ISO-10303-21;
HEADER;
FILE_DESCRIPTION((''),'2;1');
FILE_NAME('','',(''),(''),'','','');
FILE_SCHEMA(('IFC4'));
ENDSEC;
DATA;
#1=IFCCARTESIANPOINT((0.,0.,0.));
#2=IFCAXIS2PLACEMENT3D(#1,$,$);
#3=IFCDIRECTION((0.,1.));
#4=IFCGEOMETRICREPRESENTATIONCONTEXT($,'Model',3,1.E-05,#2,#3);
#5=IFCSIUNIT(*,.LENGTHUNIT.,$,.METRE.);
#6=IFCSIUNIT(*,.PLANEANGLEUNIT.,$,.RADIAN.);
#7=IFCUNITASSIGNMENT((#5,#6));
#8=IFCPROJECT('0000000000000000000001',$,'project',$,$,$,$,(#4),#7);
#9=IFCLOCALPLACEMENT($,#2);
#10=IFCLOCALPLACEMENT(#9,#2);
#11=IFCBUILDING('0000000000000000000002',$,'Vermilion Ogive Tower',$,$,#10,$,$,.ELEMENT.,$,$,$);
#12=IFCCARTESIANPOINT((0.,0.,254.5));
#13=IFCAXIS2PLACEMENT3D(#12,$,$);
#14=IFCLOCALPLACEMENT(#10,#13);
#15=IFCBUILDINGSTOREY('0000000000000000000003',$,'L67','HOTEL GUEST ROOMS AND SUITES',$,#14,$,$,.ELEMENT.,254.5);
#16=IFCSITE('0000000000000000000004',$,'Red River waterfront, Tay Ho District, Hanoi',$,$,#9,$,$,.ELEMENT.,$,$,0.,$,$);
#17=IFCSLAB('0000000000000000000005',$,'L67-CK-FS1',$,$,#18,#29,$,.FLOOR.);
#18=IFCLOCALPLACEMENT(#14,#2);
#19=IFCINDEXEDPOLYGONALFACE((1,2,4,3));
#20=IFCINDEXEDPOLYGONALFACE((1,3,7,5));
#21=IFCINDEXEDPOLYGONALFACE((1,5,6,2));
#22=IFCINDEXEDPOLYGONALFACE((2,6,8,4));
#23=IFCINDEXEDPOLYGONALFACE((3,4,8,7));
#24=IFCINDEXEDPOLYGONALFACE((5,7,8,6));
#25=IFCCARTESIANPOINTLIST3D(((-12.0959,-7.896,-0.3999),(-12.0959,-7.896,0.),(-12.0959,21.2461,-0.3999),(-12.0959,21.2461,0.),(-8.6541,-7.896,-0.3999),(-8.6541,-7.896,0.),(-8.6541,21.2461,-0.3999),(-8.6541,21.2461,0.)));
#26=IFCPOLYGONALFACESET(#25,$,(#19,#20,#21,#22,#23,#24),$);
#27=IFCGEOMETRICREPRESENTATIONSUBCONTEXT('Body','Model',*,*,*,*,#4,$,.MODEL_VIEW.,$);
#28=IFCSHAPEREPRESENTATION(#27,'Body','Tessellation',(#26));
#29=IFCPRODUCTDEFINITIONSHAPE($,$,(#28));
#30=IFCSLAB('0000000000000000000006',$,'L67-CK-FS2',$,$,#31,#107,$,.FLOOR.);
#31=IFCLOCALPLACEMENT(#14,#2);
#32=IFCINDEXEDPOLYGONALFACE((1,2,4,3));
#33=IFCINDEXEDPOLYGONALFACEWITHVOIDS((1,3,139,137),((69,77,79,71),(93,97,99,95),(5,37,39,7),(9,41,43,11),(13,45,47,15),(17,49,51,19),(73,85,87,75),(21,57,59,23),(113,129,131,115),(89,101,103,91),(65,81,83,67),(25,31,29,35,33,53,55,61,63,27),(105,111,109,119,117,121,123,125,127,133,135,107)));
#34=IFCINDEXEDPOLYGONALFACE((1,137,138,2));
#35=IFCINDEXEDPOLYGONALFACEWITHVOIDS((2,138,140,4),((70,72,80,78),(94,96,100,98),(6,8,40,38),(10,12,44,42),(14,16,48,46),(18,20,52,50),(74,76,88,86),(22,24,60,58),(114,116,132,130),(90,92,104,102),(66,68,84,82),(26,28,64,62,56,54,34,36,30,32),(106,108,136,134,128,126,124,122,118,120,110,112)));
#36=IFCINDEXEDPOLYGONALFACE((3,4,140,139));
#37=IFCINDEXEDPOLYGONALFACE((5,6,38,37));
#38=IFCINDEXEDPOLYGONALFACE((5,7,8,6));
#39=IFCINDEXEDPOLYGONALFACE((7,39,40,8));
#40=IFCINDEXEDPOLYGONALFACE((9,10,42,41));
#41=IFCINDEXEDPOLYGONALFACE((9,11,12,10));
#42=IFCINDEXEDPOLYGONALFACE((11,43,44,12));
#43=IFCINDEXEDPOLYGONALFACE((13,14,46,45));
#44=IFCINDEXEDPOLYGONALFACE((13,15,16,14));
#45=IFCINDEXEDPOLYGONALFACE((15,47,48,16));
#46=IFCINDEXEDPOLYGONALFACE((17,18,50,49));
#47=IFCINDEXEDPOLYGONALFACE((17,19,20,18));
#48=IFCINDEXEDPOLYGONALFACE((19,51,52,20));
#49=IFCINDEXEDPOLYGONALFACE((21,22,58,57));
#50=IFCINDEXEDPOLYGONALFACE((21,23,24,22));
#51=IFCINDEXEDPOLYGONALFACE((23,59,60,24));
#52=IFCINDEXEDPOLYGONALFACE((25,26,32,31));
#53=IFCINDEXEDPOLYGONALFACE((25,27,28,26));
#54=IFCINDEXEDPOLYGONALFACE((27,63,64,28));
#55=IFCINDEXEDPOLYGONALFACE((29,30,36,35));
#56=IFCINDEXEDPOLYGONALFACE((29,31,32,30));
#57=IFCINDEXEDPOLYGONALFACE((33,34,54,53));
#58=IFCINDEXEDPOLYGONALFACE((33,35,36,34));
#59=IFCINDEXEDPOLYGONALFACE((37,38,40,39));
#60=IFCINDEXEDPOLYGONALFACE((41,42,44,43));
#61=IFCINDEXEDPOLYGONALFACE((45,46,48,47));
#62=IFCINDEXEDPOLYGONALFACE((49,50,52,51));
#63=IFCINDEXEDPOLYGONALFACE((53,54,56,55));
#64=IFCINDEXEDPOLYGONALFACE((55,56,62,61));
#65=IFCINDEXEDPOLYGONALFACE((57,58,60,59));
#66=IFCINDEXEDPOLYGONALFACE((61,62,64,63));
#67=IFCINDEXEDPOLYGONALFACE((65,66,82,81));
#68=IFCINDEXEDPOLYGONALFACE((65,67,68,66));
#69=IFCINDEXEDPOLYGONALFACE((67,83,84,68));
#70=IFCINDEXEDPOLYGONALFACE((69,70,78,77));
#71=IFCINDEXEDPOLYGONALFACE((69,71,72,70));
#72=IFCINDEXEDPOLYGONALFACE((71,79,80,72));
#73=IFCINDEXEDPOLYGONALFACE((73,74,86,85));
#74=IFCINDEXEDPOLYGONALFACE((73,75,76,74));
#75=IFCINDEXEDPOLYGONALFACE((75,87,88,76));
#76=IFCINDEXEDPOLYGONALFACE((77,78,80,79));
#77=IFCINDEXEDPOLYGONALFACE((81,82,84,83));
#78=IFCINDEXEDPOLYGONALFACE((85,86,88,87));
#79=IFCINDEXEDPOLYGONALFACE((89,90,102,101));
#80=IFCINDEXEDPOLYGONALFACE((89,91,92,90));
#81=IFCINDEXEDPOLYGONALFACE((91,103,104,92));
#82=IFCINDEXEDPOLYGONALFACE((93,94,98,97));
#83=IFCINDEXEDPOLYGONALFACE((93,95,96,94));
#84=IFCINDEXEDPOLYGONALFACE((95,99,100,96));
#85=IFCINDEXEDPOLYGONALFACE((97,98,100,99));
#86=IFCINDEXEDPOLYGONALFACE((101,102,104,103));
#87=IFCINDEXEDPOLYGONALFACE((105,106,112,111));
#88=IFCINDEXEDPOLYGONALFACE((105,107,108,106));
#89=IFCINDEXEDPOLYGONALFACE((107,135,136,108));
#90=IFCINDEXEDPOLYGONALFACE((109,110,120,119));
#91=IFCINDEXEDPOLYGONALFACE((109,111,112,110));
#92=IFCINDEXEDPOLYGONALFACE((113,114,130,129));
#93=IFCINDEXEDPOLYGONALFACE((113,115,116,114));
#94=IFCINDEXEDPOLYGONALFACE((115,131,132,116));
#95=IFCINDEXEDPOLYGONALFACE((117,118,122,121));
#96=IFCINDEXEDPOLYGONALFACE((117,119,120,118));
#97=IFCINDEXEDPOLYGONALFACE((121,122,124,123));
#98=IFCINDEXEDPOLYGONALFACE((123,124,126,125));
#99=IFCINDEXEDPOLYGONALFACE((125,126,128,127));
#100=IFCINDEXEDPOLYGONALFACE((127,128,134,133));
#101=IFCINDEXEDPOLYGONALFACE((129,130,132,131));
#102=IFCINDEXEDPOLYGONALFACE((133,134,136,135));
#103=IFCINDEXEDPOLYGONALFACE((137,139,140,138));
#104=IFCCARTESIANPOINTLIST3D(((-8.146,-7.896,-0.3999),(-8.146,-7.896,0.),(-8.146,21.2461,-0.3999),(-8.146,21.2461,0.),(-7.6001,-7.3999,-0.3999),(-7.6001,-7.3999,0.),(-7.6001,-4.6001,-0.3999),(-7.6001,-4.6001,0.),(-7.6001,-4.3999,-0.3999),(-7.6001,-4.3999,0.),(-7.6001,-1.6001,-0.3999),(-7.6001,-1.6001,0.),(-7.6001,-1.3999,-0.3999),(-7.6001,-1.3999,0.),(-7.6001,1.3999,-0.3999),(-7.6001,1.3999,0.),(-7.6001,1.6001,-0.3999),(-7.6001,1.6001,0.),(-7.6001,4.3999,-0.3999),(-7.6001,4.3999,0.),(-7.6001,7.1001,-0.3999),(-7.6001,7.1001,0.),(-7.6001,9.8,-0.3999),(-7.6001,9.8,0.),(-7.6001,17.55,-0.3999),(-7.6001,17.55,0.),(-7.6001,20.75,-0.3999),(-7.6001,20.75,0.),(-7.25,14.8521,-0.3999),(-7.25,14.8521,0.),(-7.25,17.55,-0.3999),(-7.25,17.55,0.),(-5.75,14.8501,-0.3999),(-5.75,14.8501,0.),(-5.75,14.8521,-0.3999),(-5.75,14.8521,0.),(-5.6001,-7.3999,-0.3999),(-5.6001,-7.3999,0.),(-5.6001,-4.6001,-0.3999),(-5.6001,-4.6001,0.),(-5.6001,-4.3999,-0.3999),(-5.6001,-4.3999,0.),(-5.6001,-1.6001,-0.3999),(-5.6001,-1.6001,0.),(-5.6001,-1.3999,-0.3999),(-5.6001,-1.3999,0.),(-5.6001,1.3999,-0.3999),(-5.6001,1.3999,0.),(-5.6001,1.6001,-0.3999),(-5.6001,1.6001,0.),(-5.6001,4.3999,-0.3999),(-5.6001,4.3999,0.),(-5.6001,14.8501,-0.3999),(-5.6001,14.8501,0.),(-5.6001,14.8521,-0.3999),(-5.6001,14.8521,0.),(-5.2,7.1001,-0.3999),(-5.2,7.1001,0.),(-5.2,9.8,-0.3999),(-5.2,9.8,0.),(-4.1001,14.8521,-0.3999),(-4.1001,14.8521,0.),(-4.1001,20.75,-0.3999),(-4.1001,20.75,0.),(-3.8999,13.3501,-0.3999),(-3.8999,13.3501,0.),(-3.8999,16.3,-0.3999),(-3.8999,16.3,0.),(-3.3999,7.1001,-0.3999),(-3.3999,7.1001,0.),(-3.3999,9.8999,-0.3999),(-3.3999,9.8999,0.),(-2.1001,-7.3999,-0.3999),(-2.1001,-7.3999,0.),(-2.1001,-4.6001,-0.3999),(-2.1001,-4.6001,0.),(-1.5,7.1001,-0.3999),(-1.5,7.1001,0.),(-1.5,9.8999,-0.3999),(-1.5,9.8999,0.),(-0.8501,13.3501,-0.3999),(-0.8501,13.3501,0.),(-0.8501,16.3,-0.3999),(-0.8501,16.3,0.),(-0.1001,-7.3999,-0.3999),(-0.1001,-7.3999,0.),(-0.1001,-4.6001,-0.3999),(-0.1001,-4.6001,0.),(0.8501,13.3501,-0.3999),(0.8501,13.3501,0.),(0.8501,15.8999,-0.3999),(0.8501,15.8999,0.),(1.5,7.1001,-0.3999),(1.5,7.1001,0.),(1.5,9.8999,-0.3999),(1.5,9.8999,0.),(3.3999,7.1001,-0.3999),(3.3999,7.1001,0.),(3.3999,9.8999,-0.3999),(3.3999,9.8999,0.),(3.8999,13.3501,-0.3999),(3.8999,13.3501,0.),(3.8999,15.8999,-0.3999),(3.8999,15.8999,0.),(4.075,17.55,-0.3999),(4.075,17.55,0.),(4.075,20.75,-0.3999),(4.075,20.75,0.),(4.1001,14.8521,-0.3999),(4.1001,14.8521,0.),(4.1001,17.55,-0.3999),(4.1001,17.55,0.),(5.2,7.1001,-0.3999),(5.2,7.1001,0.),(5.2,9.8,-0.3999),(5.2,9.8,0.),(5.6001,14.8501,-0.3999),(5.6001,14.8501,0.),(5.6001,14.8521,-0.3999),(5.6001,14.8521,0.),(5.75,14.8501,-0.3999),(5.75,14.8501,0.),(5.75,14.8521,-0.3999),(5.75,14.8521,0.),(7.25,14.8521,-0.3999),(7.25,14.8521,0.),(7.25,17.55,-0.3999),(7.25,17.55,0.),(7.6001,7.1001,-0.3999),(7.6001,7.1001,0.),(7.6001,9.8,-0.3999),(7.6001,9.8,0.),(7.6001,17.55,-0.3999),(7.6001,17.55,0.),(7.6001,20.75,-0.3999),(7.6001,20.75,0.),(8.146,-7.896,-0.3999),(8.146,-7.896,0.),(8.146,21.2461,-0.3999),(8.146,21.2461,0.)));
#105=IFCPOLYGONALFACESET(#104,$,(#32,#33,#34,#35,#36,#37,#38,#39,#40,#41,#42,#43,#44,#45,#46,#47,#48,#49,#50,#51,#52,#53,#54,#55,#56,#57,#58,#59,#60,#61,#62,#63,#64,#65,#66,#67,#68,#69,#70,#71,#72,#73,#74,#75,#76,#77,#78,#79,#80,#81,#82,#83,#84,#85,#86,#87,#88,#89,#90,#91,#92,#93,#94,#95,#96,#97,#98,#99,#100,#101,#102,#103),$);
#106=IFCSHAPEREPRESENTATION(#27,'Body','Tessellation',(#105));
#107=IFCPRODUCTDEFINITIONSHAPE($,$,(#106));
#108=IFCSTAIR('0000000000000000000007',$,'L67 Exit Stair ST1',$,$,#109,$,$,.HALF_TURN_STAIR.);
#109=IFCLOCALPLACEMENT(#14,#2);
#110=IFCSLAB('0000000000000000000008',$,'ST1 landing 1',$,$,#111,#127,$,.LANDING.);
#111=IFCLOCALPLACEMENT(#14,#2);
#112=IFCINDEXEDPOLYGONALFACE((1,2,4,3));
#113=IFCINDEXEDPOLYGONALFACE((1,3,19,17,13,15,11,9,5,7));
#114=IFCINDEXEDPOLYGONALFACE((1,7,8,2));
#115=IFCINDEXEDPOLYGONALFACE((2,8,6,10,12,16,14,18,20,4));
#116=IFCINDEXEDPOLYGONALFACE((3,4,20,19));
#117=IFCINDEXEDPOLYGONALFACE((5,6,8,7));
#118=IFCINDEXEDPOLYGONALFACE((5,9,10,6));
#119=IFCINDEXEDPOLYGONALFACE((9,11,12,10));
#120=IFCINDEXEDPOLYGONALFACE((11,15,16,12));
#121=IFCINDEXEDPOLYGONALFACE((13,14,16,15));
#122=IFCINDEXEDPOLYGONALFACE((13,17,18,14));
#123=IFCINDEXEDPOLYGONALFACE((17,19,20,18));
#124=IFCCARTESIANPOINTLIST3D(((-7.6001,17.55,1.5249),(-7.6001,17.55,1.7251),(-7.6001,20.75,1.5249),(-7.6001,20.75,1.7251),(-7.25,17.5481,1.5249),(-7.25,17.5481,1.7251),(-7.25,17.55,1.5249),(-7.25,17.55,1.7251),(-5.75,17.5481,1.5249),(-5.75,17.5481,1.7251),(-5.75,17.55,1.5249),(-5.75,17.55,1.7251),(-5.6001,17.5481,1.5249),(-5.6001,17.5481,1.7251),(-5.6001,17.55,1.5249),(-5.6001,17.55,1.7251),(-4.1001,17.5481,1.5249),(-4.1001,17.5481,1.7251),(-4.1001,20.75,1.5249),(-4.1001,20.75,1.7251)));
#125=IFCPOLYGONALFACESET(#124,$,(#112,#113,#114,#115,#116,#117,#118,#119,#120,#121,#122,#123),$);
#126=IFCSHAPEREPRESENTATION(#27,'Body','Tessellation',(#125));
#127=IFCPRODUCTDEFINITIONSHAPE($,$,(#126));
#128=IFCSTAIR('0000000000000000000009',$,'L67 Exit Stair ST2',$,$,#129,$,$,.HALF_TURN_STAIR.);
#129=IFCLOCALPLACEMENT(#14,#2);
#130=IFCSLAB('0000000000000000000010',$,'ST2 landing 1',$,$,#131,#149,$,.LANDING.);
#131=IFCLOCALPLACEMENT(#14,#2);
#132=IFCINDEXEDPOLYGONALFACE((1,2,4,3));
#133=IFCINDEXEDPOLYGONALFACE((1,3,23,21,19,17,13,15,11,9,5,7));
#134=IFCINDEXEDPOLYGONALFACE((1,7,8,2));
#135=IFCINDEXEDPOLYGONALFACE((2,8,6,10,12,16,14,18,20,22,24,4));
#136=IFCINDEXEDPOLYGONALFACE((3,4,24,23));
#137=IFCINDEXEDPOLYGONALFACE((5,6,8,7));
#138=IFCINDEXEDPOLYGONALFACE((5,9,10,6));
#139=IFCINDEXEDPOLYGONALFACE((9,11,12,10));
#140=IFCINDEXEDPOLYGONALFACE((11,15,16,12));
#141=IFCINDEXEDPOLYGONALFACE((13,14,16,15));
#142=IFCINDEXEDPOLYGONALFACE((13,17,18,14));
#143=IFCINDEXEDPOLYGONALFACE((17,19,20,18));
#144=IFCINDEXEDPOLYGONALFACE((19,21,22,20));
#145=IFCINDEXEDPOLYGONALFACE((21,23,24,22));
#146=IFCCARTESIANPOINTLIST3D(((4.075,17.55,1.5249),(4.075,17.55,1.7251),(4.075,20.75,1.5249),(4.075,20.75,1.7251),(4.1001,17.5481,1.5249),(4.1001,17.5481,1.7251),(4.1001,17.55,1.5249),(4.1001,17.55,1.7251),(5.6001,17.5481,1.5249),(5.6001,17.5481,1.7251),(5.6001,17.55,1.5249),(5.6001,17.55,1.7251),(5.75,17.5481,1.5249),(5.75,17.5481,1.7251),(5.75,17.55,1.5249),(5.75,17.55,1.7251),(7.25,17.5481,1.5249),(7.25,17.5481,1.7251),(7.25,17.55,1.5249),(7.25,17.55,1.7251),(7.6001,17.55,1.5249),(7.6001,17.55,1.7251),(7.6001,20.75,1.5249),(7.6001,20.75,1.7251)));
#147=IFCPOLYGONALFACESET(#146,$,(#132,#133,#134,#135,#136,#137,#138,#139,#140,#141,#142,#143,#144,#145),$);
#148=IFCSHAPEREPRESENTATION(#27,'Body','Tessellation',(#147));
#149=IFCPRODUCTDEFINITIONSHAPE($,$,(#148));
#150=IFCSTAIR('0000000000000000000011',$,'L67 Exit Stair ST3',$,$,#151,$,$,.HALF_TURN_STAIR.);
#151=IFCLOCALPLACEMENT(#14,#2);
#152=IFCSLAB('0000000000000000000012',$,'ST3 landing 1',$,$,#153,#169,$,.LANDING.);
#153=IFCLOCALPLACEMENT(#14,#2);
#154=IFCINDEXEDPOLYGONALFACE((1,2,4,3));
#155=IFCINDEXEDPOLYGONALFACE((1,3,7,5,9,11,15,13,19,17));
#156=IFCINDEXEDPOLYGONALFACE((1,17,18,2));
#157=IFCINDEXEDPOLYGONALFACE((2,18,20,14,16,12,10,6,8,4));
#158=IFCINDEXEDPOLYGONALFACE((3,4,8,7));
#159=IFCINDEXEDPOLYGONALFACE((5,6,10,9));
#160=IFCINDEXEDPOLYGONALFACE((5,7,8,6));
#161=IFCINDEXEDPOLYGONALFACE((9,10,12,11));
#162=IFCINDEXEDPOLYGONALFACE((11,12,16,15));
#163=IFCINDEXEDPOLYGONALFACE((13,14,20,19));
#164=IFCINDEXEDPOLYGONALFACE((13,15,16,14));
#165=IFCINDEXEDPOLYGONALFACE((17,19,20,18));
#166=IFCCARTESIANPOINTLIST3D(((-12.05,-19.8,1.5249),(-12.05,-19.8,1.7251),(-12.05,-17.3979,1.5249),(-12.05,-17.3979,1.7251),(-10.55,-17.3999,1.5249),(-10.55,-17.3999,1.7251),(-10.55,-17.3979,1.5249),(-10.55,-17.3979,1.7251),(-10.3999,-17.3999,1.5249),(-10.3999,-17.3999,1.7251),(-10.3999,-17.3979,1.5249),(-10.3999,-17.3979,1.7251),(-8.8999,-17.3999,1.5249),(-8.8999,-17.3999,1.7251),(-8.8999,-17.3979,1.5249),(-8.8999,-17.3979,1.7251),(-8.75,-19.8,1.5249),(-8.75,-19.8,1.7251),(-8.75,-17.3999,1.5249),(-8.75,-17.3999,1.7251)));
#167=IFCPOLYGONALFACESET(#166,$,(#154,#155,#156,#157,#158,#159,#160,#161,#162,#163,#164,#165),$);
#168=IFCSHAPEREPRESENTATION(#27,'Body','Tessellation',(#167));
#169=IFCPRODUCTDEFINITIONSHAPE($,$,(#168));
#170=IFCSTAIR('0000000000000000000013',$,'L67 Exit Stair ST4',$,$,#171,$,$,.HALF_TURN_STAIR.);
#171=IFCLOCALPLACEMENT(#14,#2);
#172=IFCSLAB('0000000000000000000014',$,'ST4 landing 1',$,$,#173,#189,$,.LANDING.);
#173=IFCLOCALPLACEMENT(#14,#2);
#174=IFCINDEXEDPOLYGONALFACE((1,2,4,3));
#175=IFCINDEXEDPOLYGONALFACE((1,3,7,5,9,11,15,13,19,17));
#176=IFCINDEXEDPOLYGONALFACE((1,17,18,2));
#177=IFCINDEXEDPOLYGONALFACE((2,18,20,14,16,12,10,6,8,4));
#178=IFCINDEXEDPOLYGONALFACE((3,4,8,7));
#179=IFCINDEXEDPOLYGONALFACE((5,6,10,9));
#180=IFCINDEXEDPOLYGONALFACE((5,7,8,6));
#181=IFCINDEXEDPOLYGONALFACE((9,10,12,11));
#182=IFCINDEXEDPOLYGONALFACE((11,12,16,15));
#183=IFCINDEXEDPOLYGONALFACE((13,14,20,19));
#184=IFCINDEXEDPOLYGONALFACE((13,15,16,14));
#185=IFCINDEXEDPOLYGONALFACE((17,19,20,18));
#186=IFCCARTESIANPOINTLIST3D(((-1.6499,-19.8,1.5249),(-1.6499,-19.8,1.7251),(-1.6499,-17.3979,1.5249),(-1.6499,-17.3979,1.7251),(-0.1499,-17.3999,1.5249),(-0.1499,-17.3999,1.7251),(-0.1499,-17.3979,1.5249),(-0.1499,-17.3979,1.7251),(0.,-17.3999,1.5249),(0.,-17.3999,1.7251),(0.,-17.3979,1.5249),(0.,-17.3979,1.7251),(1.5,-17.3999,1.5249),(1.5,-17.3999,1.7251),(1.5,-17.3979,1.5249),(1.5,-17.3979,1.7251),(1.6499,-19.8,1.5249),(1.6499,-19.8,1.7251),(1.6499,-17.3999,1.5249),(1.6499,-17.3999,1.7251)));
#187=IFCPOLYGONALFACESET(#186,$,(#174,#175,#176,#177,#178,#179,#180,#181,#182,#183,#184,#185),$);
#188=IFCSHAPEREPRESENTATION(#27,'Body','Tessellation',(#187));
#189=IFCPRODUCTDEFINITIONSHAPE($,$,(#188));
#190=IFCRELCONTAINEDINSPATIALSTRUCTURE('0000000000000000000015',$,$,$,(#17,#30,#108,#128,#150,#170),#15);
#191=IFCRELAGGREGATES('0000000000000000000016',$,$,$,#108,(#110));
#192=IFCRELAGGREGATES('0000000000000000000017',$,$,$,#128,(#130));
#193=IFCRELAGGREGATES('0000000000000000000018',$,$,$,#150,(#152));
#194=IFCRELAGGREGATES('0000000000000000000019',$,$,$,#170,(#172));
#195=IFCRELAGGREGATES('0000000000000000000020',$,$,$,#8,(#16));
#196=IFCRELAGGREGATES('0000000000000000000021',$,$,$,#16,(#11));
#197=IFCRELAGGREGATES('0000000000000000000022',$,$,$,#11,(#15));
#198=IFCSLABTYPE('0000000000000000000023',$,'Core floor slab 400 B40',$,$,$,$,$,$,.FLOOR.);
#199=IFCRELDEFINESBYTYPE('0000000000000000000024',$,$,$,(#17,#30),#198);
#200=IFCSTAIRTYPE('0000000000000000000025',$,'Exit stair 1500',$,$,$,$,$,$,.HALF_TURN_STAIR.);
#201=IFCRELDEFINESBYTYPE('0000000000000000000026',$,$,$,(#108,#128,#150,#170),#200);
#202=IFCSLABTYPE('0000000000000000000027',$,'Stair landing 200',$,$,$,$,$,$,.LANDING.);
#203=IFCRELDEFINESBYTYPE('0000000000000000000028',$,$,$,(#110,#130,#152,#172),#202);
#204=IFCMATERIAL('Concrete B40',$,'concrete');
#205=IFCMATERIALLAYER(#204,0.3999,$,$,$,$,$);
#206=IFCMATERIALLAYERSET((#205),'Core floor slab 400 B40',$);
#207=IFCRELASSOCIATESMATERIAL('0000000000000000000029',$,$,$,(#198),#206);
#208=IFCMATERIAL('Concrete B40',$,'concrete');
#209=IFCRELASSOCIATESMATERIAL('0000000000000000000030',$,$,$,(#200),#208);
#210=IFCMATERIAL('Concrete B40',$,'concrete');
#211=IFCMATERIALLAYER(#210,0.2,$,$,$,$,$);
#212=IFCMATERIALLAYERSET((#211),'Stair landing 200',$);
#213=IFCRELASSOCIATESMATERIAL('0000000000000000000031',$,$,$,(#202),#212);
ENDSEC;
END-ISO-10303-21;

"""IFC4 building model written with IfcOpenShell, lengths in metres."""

from ifc_helpers import new_model, si_unit, direction, frame, origin, place, context, subcontext, project, spatial, polyline, outline, extrude, material, layer, layer_set, type_object, element, aggregate, save


model = new_model("IFC4")

# Units and contexts
model_context = context("Model", 3, precision=1e-05, world=origin(), true_north=direction((0.0, 1.0)))
body_context = subcontext(model_context, "Body", "Model", "MODEL_VIEW")
ifc_project = project(units=[si_unit("LENGTHUNIT", "METRE"), si_unit("PLANEANGLEUNIT", "RADIAN")], contexts=[model_context])

# Site, building, storey
site_placement = place(None, origin())
site = spatial("IfcSite", under=ifc_project, at=site_placement, Name="Red River waterfront, Tay Ho District, Hanoi", CompositionType="ELEMENT", RefElevation=0.0)
building_placement = place(site_placement, origin())
building = spatial("IfcBuilding", under=site, at=building_placement, Name="Vermilion Ogive Tower", CompositionType="ELEMENT")
storey_placement = place(building_placement, frame((0.0, 0.0, 254.5)))
storey = spatial("IfcBuildingStorey", under=building, at=storey_placement, Name="L67", Description="HOTEL GUEST ROOMS AND SUITES", CompositionType="ELEMENT", Elevation=254.5)

# Slabs
ifc_material_1 = material(Name="Concrete B40", Category="concrete")
ifc_layer_1 = layer(ifc_material_1, 0.3999)
ifc_layer_set_1 = layer_set([ifc_layer_1], Name="Core floor slab 400 B40")
slab_type_1 = type_object("IfcSlabType", Name="Core floor slab 400 B40", PredefinedType="FLOOR", material=ifc_layer_set_1)
slab_1_placement = place(storey_placement, frame((0.0, 0.0, -0.3999)))
element("IfcSlab", 1, at=slab_1_placement, inside=storey, type_object=slab_type_1, Name="L67-CK-FS1", PredefinedType="FLOOR", context=body_context, shape_type="SweptSolid", body=[
    extrude(outline(polyline([(-8.6541, 21.2461), (-8.6541, -7.896), (-12.0959, -7.896), (-12.0959, 21.2461), (-8.6541, 21.2461)])), origin(), (0.0, 0.0, 1.0), 0.3999),
])
slab_2_placement = place(storey_placement, frame((0.0, 0.0, -0.3999)))
element("IfcSlab", 2, at=slab_2_placement, inside=storey, type_object=slab_type_1, Name="L67-CK-FS2", PredefinedType="FLOOR", context=body_context, shape_type="SweptSolid", body=[
    extrude(outline(polyline([(-8.146, -7.896), (8.146, -7.896), (8.146, 21.2461), (-8.146, 21.2461), (-8.146, -7.896)]), holes=[polyline([(-7.6001, -7.3999), (-7.6001, -4.6001), (-5.6001, -4.6001), (-5.6001, -7.3999), (-7.6001, -7.3999)]), polyline([(-7.6001, -4.3999), (-7.6001, -1.6001), (-5.6001, -1.6001), (-5.6001, -4.3999), (-7.6001, -4.3999)]), polyline([(-7.6001, -1.3999), (-7.6001, 1.3999), (-5.6001, 1.3999), (-5.6001, -1.3999), (-7.6001, -1.3999)]), polyline([(-7.6001, 1.6001), (-7.6001, 4.3999), (-5.6001, 4.3999), (-5.6001, 1.6001), (-7.6001, 1.6001)]), polyline([(-7.6001, 7.1001), (-7.6001, 9.8), (-5.2, 9.8), (-5.2, 7.1001), (-7.6001, 7.1001)]), polyline([(-3.3999, 9.8999), (-1.5, 9.8999), (-1.5, 7.1001), (-3.3999, 7.1001), (-3.3999, 9.8999)]), polyline([(-7.6001, 17.55), (-7.6001, 20.75), (-4.1001, 20.75), (-4.1001, 14.8521), (-5.6001, 14.8521), (-5.6001, 14.8501), (-5.75, 14.8501), (-5.75, 14.8521), (-7.25, 14.8521), (-7.25, 17.55), (-7.6001, 17.55)]), polyline([(-2.1001, -7.3999), (-2.1001, -4.6001), (-0.1001, -4.6001), (-0.1001, -7.3999), (-2.1001, -7.3999)]), polyline([(5.2, 7.1001), (5.2, 9.8), (7.6001, 9.8), (7.6001, 7.1001), (5.2, 7.1001)]), polyline([(1.5, 7.1001), (1.5, 9.8999), (3.3999, 9.8999), (3.3999, 7.1001), (1.5, 7.1001)]), polyline([(0.8501, 13.3501), (0.8501, 15.8999), (3.8999, 15.8999), (3.8999, 13.3501), (0.8501, 13.3501)]), polyline([(-3.8999, 16.3), (-0.8501, 16.3), (-0.8501, 13.3501), (-3.8999, 13.3501), (-3.8999, 16.3)]), polyline([(5.75, 14.8501), (5.6001, 14.8501), (5.6001, 14.8521), (4.1001, 14.8521), (4.1001, 17.55), (4.075, 17.55), (4.075, 20.75), (7.6001, 20.75), (7.6001, 17.55), (7.25, 17.55), (7.25, 14.8521), (5.75, 14.8521), (5.75, 14.8501)])]), origin(), (0.0, 0.0, 1.0), 0.3999),
])

# Stairs, slabs
ifc_material_2 = material(Name="Concrete B40", Category="concrete")
stair_type = type_object("IfcStairType", Name="Exit stair 1500", PredefinedType="HALF_TURN_STAIR", material=ifc_material_2)
stair_1_placement = place(storey_placement, origin())
stair_1 = element("IfcStair", 3, at=stair_1_placement, inside=storey, type_object=stair_type, Name="L67 Exit Stair ST1", PredefinedType="HALF_TURN_STAIR")
ifc_material_3 = material(Name="Concrete B40", Category="concrete")
ifc_layer_2 = layer(ifc_material_3, 0.2)
ifc_layer_set_2 = layer_set([ifc_layer_2], Name="Stair landing 200")
slab_type_2 = type_object("IfcSlabType", Name="Stair landing 200", PredefinedType="LANDING", material=ifc_layer_set_2)
slab_3_placement = place(storey_placement, frame((0.0, 0.0, 1.5249)))
slab_3 = element("IfcSlab", 4, at=slab_3_placement, type_object=slab_type_2, Name="ST1 landing 1", PredefinedType="LANDING", context=body_context, shape_type="SweptSolid", body=[
    extrude(outline(polyline([(-7.6001, 17.55), (-7.25, 17.55), (-7.25, 17.5481), (-5.75, 17.5481), (-5.75, 17.55), (-5.6001, 17.55), (-5.6001, 17.5481), (-4.1001, 17.5481), (-4.1001, 20.75), (-7.6001, 20.75), (-7.6001, 17.55)])), origin(), (0.0, 0.0, 1.0), 0.2002),
])
aggregate(stair_1, [slab_3])
stair_2_placement = place(storey_placement, origin())
stair_2 = element("IfcStair", 5, at=stair_2_placement, inside=storey, type_object=stair_type, Name="L67 Exit Stair ST2", PredefinedType="HALF_TURN_STAIR")
slab_4_placement = place(storey_placement, frame((0.0, 0.0, 1.5249)))
slab_4 = element("IfcSlab", 6, at=slab_4_placement, type_object=slab_type_2, Name="ST2 landing 1", PredefinedType="LANDING", context=body_context, shape_type="SweptSolid", body=[
    extrude(outline(polyline([(5.6001, 17.55), (5.75, 17.55), (5.75, 17.5481), (7.25, 17.5481), (7.25, 17.55), (7.6001, 17.55), (7.6001, 20.75), (4.075, 20.75), (4.075, 17.55), (4.1001, 17.55), (4.1001, 17.5481), (5.6001, 17.5481), (5.6001, 17.55)])), origin(), (0.0, 0.0, 1.0), 0.2002),
])
aggregate(stair_2, [slab_4])
stair_3_placement = place(storey_placement, origin())
stair_3 = element("IfcStair", 7, at=stair_3_placement, inside=storey, type_object=stair_type, Name="L67 Exit Stair ST3", PredefinedType="HALF_TURN_STAIR")
slab_5_placement = place(storey_placement, frame((0.0, 0.0, 1.5249)))
slab_5 = element("IfcSlab", 8, at=slab_5_placement, type_object=slab_type_2, Name="ST3 landing 1", PredefinedType="LANDING", context=body_context, shape_type="SweptSolid", body=[
    extrude(outline(polyline([(-8.75, -17.3999), (-8.8999, -17.3999), (-8.8999, -17.3979), (-10.3999, -17.3979), (-10.3999, -17.3999), (-10.55, -17.3999), (-10.55, -17.3979), (-12.05, -17.3979), (-12.05, -19.8), (-8.75, -19.8), (-8.75, -17.3999)])), origin(), (0.0, 0.0, 1.0), 0.2002),
])
aggregate(stair_3, [slab_5])
stair_4_placement = place(storey_placement, origin())
stair_4 = element("IfcStair", 9, at=stair_4_placement, inside=storey, type_object=stair_type, Name="L67 Exit Stair ST4", PredefinedType="HALF_TURN_STAIR")
slab_6_placement = place(storey_placement, frame((0.0, 0.0, 1.5249)))
slab_6 = element("IfcSlab", 10, at=slab_6_placement, type_object=slab_type_2, Name="ST4 landing 1", PredefinedType="LANDING", context=body_context, shape_type="SweptSolid", body=[
    extrude(outline(polyline([(1.6499, -17.3999), (1.5, -17.3999), (1.5, -17.3979), (0.0, -17.3979), (0.0, -17.3999), (-0.1499, -17.3999), (-0.1499, -17.3979), (-1.6499, -17.3979), (-1.6499, -19.8), (1.6499, -19.8), (1.6499, -17.3999)])), origin(), (0.0, 0.0, 1.0), 0.2002),
])
aggregate(stair_4, [slab_6])

save(model, "model.ifc")
